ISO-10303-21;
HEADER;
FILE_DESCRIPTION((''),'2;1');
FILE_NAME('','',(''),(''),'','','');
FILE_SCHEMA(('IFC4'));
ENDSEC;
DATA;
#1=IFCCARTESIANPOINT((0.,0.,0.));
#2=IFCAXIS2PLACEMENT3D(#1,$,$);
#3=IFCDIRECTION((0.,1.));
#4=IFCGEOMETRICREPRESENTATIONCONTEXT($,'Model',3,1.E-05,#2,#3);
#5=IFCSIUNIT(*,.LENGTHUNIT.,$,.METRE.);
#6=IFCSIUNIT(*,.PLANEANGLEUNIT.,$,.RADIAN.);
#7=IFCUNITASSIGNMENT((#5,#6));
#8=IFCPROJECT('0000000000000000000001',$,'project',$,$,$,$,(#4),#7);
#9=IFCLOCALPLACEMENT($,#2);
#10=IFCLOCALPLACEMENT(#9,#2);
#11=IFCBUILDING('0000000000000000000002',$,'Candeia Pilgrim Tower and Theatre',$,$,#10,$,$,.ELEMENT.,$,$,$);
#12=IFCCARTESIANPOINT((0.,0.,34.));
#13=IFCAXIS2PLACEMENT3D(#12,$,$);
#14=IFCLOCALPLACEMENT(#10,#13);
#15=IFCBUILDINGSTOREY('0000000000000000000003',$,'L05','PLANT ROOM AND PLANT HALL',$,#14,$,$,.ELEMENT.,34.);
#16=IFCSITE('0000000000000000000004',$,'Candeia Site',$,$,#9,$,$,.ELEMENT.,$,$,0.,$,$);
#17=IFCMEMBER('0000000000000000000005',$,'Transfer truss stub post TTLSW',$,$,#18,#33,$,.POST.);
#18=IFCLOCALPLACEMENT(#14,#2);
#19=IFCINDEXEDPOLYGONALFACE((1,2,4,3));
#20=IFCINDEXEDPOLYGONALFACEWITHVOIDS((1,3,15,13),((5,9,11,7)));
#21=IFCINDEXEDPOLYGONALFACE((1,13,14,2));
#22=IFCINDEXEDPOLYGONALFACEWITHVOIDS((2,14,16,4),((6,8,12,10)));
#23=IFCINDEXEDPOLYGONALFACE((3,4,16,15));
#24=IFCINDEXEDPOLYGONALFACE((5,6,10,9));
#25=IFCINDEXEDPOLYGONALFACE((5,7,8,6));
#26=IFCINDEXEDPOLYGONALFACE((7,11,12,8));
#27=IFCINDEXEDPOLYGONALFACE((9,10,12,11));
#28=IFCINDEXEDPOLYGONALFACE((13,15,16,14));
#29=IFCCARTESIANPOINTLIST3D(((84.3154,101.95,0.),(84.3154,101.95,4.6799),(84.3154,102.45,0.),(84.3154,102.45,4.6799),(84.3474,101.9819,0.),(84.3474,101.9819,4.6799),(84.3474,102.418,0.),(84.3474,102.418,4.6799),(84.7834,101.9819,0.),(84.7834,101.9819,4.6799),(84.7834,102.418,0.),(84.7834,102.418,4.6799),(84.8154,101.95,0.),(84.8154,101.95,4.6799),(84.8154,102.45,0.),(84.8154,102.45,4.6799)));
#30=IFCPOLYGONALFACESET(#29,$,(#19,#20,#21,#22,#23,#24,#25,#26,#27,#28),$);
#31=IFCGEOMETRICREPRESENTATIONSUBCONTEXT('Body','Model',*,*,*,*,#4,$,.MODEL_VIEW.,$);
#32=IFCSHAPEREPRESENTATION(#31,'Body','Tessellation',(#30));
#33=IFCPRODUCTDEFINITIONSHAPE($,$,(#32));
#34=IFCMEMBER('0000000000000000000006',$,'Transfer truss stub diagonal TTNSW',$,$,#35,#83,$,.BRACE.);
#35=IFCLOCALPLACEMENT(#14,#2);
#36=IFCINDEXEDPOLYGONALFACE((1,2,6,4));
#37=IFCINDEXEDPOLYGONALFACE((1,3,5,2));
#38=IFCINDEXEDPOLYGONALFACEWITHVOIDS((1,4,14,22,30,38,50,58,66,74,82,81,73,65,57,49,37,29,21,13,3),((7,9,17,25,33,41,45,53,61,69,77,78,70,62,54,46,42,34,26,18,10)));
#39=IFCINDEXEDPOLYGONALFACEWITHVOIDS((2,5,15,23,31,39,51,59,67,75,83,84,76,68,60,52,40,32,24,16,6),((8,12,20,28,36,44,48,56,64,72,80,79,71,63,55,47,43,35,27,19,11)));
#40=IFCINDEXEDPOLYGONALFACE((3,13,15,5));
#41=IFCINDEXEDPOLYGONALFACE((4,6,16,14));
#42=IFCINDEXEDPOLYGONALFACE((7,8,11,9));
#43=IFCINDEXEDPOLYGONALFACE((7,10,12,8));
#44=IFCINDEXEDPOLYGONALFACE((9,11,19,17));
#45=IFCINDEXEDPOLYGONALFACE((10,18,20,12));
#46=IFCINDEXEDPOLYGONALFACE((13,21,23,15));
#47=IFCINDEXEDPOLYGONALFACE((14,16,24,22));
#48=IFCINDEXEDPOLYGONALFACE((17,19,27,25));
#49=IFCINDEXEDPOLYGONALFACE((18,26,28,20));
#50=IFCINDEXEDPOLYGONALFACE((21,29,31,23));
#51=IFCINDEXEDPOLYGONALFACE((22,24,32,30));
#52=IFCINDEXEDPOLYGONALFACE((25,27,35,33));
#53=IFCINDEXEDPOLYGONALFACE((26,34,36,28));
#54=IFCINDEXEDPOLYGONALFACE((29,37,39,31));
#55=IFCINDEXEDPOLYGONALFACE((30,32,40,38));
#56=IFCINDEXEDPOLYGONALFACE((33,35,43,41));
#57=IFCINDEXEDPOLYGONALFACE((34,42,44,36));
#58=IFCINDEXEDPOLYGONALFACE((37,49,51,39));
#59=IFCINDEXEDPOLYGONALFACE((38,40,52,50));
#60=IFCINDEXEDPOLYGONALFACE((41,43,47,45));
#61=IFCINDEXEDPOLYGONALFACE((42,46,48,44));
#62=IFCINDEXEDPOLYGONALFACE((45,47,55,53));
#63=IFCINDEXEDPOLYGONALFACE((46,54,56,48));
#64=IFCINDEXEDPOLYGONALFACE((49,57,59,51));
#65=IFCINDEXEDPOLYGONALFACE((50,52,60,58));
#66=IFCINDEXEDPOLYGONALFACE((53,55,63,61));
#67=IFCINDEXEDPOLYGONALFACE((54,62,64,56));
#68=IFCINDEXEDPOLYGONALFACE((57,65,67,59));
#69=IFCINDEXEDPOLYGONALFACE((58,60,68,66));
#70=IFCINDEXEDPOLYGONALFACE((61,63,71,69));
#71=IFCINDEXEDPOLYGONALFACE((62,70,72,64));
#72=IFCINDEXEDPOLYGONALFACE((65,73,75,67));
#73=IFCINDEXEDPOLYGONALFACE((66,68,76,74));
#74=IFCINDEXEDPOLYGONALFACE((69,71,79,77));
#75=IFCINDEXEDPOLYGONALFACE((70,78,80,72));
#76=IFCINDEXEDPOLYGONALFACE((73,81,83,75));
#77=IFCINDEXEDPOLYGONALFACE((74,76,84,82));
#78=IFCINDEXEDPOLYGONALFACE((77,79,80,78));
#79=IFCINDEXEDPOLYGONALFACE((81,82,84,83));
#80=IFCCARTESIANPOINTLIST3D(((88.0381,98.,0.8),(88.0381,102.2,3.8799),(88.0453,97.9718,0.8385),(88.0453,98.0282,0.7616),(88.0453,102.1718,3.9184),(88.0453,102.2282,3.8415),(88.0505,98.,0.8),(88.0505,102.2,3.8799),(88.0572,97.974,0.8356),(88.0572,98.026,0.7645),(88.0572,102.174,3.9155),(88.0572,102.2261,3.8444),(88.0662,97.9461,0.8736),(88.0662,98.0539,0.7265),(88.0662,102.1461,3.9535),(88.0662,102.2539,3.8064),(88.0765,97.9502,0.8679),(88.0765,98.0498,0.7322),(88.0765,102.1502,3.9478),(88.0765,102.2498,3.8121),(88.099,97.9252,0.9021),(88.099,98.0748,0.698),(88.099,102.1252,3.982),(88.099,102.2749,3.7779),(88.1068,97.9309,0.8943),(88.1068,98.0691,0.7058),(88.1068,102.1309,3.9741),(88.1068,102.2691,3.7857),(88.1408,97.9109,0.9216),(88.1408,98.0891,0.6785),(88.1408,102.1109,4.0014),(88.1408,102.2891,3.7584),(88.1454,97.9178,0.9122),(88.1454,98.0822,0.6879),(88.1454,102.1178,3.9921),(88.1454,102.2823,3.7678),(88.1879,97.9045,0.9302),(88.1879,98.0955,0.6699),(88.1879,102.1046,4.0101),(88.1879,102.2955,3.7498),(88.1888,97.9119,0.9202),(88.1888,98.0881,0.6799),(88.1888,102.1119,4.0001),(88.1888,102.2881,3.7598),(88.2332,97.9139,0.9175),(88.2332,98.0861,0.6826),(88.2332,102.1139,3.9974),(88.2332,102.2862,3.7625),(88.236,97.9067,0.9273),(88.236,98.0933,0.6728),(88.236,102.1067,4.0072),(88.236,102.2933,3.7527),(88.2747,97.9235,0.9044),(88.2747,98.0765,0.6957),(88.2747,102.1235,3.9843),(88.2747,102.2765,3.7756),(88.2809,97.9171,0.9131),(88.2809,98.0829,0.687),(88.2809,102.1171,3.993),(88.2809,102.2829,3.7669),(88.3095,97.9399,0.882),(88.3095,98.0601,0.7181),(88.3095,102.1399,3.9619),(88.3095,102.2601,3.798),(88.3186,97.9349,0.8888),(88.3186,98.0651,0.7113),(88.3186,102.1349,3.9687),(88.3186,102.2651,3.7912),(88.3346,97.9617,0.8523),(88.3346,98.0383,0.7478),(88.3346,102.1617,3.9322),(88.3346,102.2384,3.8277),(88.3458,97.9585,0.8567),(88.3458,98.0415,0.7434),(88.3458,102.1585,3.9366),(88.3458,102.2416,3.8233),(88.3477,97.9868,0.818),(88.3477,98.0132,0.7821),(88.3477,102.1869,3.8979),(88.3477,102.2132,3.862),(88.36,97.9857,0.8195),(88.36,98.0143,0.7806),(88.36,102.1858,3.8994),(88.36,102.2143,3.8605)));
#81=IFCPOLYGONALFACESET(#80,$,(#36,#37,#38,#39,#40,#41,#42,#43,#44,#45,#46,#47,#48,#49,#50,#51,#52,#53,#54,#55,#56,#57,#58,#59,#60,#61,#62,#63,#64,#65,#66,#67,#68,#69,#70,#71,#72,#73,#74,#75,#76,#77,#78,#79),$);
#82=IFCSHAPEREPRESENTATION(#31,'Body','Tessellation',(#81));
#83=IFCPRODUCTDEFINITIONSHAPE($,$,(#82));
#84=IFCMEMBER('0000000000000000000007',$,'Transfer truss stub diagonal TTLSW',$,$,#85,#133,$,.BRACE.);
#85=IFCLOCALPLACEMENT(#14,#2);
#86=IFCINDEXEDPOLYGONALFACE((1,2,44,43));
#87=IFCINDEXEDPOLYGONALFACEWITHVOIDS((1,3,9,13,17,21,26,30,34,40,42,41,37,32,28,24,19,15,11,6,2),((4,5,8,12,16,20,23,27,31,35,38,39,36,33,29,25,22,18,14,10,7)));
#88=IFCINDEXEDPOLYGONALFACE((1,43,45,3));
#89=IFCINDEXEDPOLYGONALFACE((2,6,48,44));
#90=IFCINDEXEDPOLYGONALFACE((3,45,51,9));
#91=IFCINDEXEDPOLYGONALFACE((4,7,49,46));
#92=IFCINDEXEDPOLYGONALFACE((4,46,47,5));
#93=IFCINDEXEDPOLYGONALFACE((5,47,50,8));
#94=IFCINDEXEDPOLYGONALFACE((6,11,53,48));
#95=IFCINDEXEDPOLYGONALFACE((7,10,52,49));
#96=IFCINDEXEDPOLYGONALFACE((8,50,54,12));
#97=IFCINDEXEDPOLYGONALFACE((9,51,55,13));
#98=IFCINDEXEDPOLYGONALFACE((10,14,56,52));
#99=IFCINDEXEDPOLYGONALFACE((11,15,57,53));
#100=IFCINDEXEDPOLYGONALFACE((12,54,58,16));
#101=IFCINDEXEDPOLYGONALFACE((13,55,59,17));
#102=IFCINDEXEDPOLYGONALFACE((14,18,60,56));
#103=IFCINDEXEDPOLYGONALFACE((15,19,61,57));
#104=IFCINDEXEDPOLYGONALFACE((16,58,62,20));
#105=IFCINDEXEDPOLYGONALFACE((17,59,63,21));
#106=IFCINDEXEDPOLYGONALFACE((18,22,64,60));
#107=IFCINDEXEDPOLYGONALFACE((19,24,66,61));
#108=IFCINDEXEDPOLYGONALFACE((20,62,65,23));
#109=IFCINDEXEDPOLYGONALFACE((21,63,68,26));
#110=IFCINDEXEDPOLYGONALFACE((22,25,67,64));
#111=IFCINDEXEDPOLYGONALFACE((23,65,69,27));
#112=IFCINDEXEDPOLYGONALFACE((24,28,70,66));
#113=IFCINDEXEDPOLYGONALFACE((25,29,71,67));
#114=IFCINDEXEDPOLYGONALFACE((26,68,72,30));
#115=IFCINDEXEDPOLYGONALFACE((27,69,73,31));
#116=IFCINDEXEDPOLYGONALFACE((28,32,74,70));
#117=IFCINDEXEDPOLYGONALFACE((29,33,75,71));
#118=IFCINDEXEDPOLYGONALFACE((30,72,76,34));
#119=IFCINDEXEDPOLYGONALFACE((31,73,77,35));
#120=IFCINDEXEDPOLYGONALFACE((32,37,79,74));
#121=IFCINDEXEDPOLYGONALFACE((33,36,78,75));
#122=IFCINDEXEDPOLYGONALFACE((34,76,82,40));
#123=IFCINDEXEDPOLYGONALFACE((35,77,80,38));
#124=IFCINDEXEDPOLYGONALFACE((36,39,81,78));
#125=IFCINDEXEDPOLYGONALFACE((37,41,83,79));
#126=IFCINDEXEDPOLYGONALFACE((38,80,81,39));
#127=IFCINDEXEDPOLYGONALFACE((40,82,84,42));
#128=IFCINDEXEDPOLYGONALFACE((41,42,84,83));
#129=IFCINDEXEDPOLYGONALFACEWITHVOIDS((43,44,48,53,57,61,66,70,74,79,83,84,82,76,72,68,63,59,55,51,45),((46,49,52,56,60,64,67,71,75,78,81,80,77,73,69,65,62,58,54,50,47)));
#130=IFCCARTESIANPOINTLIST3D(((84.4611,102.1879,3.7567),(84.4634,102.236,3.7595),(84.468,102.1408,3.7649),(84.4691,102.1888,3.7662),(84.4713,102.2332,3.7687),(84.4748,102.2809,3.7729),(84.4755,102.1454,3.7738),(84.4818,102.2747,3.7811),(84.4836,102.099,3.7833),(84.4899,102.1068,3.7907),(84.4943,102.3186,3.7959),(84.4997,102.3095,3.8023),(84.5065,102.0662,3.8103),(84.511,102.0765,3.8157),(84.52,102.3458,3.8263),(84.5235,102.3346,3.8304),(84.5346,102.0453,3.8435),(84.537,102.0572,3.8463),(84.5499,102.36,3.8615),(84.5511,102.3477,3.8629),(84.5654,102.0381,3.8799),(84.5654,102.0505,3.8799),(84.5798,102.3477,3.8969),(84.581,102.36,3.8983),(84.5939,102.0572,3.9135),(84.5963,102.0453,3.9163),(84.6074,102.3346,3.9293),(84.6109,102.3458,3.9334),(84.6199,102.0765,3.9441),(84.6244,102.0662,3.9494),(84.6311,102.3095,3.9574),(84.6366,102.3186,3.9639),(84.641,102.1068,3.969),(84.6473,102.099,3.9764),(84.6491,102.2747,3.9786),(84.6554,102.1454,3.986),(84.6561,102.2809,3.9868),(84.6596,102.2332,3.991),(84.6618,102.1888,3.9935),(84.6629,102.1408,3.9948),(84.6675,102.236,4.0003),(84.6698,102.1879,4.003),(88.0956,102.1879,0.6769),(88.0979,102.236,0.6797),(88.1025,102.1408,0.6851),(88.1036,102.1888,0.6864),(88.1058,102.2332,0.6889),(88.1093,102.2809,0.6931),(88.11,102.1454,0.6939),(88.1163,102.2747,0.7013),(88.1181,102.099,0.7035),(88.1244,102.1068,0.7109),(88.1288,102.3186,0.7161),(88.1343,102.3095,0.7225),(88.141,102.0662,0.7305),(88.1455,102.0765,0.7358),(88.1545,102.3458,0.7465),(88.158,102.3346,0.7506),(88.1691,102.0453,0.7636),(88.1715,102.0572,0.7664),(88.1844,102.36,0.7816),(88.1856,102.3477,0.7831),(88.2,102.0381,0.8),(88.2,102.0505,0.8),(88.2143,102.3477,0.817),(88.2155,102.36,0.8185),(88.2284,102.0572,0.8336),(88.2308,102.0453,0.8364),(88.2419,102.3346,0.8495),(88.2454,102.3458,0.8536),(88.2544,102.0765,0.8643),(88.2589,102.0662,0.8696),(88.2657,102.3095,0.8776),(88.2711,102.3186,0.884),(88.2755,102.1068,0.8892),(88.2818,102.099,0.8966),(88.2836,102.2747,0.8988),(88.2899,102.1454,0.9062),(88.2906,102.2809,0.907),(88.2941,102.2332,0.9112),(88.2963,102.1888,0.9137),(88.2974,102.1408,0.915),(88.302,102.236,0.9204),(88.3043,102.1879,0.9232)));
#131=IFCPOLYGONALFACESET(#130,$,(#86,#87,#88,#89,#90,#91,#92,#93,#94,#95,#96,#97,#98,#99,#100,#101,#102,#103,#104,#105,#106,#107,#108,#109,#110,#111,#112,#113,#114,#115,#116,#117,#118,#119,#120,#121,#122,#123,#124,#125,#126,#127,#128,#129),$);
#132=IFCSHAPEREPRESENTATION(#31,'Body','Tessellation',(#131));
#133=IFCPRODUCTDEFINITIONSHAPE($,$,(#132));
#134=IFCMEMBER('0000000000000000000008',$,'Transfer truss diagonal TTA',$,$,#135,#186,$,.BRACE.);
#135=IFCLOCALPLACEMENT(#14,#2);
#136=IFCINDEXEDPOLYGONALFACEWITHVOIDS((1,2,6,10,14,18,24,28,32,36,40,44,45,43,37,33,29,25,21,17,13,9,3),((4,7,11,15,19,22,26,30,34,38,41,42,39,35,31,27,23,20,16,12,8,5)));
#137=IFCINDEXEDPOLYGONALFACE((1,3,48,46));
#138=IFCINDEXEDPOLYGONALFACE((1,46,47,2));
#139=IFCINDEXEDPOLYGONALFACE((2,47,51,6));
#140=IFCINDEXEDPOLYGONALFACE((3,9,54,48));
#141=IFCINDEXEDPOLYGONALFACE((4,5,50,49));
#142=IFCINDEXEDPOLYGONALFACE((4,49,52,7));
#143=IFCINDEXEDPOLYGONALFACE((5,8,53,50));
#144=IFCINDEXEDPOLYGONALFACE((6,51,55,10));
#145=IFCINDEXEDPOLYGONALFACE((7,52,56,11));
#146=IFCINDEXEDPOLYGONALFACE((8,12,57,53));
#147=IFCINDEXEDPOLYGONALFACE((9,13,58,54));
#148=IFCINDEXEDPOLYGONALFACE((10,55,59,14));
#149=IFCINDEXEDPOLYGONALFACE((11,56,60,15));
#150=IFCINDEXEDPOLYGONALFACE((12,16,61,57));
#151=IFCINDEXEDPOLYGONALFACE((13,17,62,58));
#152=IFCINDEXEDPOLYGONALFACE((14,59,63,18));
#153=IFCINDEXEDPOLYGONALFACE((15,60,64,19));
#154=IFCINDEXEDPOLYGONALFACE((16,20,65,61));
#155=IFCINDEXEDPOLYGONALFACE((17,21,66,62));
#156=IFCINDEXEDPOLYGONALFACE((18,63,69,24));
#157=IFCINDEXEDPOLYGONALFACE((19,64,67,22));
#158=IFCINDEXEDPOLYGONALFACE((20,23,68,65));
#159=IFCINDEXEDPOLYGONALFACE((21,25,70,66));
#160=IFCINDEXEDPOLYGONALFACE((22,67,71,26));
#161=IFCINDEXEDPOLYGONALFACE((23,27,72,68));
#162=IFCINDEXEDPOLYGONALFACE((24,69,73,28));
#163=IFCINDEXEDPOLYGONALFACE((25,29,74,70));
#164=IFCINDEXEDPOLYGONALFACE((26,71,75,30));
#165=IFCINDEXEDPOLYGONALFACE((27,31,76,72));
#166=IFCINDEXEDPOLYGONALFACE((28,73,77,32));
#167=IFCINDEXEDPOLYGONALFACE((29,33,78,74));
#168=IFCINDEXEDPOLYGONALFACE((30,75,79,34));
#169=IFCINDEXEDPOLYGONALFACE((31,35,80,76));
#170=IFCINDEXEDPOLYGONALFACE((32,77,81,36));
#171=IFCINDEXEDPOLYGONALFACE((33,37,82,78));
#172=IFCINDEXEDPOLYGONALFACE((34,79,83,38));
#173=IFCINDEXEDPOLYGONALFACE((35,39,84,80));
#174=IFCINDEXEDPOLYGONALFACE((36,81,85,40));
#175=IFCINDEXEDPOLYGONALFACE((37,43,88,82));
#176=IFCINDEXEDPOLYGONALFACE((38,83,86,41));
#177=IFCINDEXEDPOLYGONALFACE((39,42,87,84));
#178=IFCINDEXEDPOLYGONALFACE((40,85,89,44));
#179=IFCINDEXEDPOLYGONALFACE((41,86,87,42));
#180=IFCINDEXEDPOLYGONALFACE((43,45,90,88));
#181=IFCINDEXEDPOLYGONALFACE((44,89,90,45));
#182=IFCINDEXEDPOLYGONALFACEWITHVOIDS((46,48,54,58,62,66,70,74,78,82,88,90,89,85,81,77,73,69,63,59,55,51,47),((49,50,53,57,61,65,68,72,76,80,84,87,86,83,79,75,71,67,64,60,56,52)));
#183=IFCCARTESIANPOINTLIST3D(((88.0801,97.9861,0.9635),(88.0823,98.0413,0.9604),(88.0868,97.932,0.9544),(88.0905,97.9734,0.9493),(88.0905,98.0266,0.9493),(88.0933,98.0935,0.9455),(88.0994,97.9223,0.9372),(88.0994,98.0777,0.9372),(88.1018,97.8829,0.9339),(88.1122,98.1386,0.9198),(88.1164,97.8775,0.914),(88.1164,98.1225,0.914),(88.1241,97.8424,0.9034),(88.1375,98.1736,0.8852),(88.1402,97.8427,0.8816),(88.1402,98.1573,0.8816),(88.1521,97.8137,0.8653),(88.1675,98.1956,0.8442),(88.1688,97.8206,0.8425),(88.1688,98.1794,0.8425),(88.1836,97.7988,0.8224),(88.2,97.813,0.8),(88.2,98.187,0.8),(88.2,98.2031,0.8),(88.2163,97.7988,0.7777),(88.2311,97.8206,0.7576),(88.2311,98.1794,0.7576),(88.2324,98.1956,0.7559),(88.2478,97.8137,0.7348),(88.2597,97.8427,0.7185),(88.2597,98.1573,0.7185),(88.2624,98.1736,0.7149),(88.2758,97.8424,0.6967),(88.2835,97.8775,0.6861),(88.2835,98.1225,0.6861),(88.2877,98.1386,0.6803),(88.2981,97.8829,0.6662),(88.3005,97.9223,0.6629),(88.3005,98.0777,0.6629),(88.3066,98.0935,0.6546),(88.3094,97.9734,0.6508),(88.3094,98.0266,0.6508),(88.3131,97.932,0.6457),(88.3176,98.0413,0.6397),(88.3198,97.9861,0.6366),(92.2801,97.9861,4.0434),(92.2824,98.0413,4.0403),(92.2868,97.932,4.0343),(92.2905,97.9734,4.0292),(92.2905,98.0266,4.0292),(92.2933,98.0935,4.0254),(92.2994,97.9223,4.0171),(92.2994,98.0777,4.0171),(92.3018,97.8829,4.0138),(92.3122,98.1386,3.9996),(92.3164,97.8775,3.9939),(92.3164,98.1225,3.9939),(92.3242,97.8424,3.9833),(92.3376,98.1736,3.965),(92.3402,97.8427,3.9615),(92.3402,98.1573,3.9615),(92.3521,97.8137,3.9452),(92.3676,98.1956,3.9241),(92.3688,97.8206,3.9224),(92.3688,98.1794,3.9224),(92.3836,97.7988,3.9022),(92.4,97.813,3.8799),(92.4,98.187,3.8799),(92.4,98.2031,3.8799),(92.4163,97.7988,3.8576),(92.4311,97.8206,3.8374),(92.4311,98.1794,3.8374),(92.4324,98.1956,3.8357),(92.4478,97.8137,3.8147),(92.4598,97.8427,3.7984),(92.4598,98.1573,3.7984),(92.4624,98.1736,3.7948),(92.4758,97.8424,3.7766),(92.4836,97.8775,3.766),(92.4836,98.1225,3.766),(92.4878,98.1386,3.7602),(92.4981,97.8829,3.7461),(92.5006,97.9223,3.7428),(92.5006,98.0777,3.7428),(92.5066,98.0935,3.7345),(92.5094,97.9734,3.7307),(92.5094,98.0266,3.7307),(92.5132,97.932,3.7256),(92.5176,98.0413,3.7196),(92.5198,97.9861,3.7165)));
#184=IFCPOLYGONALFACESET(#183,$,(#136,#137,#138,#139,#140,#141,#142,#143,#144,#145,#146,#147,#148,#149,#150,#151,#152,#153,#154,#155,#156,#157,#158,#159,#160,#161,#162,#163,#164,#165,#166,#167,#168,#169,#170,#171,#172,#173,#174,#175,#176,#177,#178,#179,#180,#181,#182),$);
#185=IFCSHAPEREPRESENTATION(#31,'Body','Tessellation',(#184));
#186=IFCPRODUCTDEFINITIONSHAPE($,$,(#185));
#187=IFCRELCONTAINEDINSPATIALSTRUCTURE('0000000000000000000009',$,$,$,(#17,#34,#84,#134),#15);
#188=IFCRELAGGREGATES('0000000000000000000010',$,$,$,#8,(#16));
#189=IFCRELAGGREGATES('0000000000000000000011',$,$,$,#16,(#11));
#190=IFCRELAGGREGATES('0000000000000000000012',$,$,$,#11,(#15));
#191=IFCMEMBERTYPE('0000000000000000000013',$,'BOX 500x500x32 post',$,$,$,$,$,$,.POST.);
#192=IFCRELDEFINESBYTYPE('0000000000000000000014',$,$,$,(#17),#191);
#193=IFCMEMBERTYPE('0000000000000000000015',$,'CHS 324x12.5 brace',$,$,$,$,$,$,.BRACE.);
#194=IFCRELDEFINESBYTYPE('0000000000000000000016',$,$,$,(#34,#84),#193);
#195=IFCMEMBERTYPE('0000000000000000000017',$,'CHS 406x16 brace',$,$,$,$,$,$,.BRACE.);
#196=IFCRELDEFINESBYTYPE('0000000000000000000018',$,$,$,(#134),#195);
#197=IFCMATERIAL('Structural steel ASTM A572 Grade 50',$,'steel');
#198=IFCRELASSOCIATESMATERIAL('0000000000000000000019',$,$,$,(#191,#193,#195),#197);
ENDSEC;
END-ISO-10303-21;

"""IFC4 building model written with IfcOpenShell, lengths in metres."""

from ifc_helpers import new_model, si_unit, direction, frame, origin, origin_2d, place, context, subcontext, project, spatial, hollow_rectangle, hollow_circle, extrude, material, material_profile, profile_set, type_object, element, save


model = new_model("IFC4")

# Units and contexts
model_context = context("Model", 3, precision=1e-05, world=origin(), true_north=direction((0.0, 1.0)))
body_context = subcontext(model_context, "Body", "Model", "MODEL_VIEW")
ifc_project = project(units=[si_unit("LENGTHUNIT", "METRE"), si_unit("PLANEANGLEUNIT", "RADIAN")], contexts=[model_context])

# Site, building, storey
site_placement = place(None, origin())
site = spatial("IfcSite", under=ifc_project, at=site_placement, Name="Candeia Site", CompositionType="ELEMENT", RefElevation=0.0)
building_placement = place(site_placement, origin())
building = spatial("IfcBuilding", under=site, at=building_placement, Name="Candeia Pilgrim Tower and Theatre", CompositionType="ELEMENT")
storey_placement = place(building_placement, frame((0.0, 0.0, 34.0)))
storey = spatial("IfcBuildingStorey", under=building, at=storey_placement, Name="L05", Description="PLANT ROOM AND PLANT HALL", CompositionType="ELEMENT", Elevation=34.0)

# Members
ifc_material_1 = material(Name="Structural steel ASTM A572 Grade 50", Category="steel")
ifc_material_profile_1 = material_profile(ifc_material_1, hollow_rectangle(XDim=0.5, YDim=0.5, WallThickness=0.032, at=origin_2d()))
ifc_profile_set_1 = profile_set([ifc_material_profile_1], Name="Structural steel ASTM A572 Grade 50")
member_type_1 = type_object("IfcMemberType", Name="BOX 500x500x32 post", PredefinedType="POST", material=ifc_profile_set_1)
for number, where, z_axis, x_axis, name in (
    (1, (84.5654, 102.2, 0.0), (0.0, 0.0, 1.0), (1.0, 0.0, 0.0), "Transfer truss stub post TTLSW"),
):
    element("IfcMember", number, at=place(storey_placement, frame(where, z_axis=z_axis, x_axis=x_axis)), inside=storey, type_object=member_type_1, Name=name, PredefinedType="POST", context=body_context, shape_type="SweptSolid", body=[
        extrude(hollow_rectangle(XDim=0.5, YDim=0.5, WallThickness=0.032, at=origin_2d()), origin(), (0.0, 0.0, 1.0), 4.6799),
    ])
ifc_material_profile_2 = material_profile(ifc_material_1, hollow_circle(Radius=0.1619, WallThickness=0.0125, at=origin_2d()))
ifc_profile_set_2 = profile_set([ifc_material_profile_2], Name="Structural steel ASTM A572 Grade 50")
member_type_2 = type_object("IfcMemberType", Name="CHS 324x12.5 brace", PredefinedType="BRACE", material=ifc_profile_set_2)
member_1_placement = place(storey_placement, frame((88.2, 98.0, 0.8), z_axis=(0.0, 0.806417, 0.591347), x_axis=(-1.0, 0.0, 0.0)))
element("IfcMember", 2, at=member_1_placement, inside=storey, type_object=member_type_2, Name="Transfer truss stub diagonal TTNSW", PredefinedType="BRACE", context=body_context, shape_type="SweptSolid", body=[
    extrude(hollow_circle(Radius=0.1619, WallThickness=0.0125, at=origin_2d()), origin(), (0.0, 0.0, 1.0), 5.2083),
])
member_2_placement = place(storey_placement, frame((88.2, 102.2, 0.8), z_axis=(-0.762923, 0.0, 0.646489), x_axis=(0.0, -1.0, 0.0)))
element("IfcMember", 3, at=member_2_placement, inside=storey, type_object=member_type_2, Name="Transfer truss stub diagonal TTLSW", PredefinedType="BRACE", context=body_context, shape_type="SweptSolid", body=[
    extrude(hollow_circle(Radius=0.1619, WallThickness=0.0125, at=origin_2d()), origin(), (0.0, 0.0, 1.0), 4.7639),
])
ifc_material_profile_3 = material_profile(ifc_material_1, hollow_circle(Radius=0.2031, WallThickness=0.0161, at=origin_2d()))
ifc_profile_set_3 = profile_set([ifc_material_profile_3], Name="Structural steel ASTM A572 Grade 50")
member_type_3 = type_object("IfcMemberType", Name="CHS 406x16 brace", PredefinedType="BRACE", material=ifc_profile_set_3)
member_3_placement = place(storey_placement, frame((88.2, 98.0, 0.8), z_axis=(0.806417, 0.0, 0.591347), x_axis=(0.0, 1.0, 0.0)))
element("IfcMember", 4, at=member_3_placement, inside=storey, type_object=member_type_3, Name="Transfer truss diagonal TTA", PredefinedType="BRACE", context=body_context, shape_type="SweptSolid", body=[
    extrude(hollow_circle(Radius=0.2031, WallThickness=0.0161, at=origin_2d()), origin(), (0.0, 0.0, 1.0), 5.2083),
])

save(model, "model.ifc")
